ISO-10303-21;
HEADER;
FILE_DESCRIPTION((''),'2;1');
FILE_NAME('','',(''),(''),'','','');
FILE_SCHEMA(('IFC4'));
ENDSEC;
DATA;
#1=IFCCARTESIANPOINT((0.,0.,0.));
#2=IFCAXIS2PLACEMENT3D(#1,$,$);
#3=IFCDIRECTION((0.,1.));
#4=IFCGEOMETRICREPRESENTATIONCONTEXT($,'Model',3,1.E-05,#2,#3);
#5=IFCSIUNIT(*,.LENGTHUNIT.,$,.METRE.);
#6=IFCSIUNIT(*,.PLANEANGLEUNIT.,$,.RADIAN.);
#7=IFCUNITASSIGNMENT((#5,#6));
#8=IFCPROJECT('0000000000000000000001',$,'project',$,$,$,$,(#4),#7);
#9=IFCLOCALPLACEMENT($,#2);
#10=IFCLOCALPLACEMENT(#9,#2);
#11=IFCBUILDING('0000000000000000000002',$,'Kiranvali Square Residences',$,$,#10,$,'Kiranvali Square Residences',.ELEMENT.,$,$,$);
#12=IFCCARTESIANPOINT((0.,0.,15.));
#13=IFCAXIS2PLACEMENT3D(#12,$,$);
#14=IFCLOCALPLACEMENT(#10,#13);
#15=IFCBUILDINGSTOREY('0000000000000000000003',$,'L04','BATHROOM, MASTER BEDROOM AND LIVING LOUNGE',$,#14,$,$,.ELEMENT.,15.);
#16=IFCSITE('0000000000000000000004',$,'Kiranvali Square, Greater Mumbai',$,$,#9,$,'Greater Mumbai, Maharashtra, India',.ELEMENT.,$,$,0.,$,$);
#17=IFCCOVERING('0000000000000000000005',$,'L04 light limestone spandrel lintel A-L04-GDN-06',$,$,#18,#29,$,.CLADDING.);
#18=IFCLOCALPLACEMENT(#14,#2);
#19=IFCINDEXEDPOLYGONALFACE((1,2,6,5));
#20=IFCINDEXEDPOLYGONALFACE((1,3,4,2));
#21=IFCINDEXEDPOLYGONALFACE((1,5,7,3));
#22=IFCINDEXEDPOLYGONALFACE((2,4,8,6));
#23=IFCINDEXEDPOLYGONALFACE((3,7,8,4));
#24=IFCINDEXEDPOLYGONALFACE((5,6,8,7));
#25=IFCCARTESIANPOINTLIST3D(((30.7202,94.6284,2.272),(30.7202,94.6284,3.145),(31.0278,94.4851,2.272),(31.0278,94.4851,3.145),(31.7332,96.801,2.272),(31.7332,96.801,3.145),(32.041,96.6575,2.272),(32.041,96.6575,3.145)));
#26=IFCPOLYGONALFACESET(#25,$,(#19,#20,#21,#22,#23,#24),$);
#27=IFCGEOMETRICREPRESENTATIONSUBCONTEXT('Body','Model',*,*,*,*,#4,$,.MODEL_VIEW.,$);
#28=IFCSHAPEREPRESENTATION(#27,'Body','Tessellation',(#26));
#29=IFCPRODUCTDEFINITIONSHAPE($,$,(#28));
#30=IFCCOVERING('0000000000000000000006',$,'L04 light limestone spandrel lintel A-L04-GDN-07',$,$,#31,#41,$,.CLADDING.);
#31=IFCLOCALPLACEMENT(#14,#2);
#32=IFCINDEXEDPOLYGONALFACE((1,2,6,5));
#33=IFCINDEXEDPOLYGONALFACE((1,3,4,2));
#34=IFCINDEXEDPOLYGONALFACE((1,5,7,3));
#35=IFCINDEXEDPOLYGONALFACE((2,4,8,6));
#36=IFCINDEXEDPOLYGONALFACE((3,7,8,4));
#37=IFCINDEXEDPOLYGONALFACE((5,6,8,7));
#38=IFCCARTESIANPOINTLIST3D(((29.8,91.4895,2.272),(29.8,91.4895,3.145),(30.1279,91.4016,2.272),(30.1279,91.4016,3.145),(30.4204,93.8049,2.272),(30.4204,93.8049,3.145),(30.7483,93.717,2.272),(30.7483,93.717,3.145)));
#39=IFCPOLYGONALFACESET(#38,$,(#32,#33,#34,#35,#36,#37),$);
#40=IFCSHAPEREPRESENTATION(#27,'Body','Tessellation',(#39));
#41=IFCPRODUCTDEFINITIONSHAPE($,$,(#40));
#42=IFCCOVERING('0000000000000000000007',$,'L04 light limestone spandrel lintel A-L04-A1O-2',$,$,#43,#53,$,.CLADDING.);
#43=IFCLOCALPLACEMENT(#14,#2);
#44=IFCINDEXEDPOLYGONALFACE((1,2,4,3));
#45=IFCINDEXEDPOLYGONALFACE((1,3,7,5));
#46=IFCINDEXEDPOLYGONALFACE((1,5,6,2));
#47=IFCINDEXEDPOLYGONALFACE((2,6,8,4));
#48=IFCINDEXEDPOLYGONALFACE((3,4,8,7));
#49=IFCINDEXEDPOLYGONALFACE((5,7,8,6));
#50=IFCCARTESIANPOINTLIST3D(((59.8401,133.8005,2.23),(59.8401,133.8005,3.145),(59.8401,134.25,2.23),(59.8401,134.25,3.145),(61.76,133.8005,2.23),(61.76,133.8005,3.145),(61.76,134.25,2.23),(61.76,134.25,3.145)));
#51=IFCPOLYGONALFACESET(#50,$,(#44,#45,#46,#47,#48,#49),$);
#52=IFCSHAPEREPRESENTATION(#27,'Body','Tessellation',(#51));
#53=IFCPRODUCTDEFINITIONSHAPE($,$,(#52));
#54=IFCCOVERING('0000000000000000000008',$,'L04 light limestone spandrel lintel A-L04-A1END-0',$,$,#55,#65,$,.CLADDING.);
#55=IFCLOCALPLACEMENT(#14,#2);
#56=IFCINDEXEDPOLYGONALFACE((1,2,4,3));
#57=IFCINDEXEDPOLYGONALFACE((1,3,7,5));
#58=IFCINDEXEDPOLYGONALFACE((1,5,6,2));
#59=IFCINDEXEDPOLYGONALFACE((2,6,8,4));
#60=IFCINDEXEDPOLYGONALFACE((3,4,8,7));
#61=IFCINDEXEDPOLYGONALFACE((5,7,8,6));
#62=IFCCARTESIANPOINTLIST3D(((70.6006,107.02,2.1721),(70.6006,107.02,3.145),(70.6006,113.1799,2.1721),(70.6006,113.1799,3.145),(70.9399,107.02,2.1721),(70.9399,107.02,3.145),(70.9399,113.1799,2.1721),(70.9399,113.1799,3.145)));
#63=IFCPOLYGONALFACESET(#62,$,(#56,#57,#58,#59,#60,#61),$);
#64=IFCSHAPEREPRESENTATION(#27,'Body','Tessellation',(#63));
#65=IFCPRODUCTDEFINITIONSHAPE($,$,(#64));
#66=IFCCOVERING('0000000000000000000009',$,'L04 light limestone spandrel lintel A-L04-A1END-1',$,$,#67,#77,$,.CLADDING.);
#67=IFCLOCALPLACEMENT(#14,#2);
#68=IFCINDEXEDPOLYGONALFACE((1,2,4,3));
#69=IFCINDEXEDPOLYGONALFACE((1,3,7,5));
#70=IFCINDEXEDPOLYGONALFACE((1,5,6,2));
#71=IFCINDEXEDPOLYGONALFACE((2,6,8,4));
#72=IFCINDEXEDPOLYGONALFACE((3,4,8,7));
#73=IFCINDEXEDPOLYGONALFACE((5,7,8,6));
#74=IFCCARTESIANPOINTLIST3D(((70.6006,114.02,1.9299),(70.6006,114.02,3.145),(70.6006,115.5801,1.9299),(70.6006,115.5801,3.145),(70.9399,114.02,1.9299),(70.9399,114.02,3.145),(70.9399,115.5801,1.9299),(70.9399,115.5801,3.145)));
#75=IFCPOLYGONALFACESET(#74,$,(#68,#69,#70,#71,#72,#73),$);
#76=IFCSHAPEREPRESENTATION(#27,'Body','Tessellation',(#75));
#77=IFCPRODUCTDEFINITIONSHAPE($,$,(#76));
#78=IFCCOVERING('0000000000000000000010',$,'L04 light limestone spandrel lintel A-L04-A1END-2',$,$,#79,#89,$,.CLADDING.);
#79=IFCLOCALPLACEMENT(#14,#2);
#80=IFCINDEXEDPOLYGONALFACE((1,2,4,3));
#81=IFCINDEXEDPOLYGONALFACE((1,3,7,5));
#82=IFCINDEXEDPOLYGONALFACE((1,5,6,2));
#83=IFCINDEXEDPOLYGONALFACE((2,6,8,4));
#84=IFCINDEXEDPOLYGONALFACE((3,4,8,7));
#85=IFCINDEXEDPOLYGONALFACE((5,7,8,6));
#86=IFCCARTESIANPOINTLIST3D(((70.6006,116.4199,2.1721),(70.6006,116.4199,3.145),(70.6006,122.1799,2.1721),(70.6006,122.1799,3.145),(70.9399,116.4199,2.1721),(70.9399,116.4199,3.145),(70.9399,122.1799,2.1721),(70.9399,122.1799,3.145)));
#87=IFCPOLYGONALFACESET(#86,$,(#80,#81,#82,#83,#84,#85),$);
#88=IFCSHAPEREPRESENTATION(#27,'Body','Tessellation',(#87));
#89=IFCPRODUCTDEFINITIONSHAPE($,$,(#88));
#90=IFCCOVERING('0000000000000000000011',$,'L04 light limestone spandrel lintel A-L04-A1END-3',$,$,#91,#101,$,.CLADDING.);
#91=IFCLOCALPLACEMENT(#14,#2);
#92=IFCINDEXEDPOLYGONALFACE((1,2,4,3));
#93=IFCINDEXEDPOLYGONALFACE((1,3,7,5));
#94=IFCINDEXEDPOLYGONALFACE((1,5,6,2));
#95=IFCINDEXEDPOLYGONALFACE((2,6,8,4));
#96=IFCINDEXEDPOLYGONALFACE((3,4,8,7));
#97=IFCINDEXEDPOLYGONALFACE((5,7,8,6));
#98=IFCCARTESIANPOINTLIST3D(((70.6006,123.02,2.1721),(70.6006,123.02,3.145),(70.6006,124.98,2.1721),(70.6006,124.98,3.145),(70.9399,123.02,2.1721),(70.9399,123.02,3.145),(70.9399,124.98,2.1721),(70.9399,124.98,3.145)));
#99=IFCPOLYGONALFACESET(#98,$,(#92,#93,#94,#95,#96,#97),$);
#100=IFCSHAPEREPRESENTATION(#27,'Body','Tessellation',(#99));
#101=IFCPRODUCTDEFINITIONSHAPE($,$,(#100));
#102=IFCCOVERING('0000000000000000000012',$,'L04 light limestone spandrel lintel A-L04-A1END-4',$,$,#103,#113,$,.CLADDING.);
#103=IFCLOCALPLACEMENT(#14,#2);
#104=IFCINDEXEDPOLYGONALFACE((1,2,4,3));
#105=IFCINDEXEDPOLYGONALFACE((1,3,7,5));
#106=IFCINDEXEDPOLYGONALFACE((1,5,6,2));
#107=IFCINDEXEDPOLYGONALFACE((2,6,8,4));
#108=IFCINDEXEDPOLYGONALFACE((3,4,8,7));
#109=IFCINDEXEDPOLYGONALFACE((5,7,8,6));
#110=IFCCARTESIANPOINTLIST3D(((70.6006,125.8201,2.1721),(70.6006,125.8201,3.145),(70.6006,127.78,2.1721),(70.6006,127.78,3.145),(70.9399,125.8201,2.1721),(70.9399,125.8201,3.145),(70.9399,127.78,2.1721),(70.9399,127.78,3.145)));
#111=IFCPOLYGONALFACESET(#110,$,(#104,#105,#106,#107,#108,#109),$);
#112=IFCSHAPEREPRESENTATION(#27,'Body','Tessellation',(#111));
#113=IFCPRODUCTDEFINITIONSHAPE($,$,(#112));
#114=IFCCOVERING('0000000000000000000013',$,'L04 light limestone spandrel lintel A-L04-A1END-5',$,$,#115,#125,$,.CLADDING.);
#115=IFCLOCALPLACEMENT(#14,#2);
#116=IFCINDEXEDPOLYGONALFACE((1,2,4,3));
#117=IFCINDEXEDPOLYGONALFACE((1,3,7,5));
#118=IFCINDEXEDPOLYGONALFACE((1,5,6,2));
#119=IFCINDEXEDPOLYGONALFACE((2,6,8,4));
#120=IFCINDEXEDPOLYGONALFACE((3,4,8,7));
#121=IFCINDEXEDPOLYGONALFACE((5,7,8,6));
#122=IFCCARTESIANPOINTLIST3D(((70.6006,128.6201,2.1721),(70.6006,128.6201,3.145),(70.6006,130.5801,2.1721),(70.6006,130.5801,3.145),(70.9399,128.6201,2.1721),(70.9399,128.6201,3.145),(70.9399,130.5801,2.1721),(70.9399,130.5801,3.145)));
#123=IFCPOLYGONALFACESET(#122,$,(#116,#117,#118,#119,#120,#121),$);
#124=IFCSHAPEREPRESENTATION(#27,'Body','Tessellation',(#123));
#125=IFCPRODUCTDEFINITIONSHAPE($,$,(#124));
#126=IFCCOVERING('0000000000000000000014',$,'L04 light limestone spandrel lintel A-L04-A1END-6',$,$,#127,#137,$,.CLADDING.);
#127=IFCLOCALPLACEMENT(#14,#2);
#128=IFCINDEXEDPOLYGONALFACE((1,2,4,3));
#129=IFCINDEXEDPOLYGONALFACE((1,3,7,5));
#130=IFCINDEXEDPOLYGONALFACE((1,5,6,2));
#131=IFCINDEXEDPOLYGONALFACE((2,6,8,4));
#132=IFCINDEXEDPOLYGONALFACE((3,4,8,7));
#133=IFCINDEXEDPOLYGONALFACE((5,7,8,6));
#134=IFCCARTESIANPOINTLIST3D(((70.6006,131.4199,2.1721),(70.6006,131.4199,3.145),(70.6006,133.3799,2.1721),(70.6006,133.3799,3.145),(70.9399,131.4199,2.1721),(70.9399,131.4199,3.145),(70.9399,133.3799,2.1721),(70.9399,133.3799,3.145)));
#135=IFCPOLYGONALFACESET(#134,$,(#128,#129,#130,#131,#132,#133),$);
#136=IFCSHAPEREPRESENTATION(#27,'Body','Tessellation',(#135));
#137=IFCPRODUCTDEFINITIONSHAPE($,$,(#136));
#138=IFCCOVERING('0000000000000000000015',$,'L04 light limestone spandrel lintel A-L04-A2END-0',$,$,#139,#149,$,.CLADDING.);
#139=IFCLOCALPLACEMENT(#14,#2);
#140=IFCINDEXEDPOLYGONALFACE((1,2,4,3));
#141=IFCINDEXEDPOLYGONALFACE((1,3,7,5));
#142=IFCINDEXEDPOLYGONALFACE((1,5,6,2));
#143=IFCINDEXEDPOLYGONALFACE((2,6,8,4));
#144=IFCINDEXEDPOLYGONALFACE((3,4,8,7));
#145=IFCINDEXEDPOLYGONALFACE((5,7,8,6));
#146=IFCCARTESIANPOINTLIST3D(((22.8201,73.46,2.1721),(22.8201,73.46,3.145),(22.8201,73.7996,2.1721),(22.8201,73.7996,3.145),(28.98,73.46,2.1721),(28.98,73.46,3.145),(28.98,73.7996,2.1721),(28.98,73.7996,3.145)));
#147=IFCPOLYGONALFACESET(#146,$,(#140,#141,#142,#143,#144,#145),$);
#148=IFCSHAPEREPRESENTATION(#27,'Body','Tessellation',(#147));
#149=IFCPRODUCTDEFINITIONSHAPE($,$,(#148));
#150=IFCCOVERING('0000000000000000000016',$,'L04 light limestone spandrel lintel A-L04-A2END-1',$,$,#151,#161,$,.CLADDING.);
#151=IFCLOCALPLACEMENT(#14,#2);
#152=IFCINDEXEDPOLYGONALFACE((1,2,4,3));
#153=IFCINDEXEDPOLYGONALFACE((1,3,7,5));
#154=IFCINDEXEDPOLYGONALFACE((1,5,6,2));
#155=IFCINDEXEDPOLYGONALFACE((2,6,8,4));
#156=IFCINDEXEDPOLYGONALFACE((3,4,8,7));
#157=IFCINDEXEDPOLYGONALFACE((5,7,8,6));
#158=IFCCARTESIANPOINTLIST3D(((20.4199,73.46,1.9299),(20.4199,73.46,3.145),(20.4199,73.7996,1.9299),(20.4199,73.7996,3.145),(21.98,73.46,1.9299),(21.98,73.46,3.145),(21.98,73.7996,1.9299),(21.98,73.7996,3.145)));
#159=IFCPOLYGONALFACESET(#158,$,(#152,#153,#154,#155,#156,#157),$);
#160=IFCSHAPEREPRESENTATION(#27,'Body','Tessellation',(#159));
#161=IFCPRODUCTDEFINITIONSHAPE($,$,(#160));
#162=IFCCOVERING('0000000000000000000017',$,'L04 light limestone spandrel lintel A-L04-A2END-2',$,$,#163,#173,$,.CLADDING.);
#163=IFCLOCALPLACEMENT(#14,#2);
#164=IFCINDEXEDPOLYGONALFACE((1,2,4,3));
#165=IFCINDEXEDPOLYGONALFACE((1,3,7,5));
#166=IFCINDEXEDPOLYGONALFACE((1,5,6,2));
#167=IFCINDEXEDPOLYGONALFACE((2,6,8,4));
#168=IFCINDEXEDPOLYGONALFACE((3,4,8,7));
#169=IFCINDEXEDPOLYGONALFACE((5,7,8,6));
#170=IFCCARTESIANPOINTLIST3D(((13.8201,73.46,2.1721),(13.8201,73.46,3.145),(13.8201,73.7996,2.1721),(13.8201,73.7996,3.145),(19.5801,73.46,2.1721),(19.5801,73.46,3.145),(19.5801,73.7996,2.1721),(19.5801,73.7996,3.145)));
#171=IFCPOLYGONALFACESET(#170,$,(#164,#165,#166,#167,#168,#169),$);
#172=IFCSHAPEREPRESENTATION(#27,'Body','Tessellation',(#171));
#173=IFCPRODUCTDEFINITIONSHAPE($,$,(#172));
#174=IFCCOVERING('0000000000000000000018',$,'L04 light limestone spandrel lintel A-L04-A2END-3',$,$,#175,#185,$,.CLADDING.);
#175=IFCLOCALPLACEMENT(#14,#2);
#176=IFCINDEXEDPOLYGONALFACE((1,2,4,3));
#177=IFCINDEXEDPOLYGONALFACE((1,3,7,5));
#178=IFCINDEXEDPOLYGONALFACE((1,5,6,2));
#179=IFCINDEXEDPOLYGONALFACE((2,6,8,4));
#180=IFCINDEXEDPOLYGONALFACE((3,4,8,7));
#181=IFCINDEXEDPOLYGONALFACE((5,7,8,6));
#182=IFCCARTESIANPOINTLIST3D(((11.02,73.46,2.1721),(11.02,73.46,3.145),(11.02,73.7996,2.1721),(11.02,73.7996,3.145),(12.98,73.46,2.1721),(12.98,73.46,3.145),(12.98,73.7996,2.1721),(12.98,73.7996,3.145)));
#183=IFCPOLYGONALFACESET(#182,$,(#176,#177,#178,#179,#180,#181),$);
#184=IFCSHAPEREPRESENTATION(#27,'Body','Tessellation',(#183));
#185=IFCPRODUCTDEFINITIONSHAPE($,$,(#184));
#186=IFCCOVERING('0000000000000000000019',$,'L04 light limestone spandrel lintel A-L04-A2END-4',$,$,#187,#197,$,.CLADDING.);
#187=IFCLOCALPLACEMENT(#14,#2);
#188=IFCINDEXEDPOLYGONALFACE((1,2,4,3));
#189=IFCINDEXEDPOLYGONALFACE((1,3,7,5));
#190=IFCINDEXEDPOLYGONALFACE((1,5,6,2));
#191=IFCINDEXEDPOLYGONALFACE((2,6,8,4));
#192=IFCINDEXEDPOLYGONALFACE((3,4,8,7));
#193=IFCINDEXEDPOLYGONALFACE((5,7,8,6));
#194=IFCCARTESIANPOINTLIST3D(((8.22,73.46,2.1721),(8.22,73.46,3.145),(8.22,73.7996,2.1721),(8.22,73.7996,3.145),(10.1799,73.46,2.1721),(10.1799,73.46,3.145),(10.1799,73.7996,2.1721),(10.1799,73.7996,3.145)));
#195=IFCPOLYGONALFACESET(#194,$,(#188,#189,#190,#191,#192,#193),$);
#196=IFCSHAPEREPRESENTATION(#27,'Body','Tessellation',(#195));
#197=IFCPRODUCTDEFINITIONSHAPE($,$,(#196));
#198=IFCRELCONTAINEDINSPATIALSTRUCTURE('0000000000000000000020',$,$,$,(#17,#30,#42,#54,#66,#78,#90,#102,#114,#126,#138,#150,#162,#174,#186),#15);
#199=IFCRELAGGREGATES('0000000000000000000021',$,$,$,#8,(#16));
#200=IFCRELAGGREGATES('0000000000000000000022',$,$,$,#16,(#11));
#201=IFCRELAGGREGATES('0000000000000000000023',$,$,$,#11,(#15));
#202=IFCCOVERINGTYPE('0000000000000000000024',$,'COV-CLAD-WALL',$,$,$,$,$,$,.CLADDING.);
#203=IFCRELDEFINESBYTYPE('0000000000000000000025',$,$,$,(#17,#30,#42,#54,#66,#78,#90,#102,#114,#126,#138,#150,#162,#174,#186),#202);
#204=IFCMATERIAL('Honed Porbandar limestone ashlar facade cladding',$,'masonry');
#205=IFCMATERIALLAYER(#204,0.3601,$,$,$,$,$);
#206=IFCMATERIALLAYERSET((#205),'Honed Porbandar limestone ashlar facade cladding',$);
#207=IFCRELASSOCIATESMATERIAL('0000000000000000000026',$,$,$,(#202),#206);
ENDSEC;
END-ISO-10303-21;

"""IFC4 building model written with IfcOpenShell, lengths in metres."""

from ifc_helpers import new_model, si_unit, direction, frame, origin, place, context, subcontext, project, spatial, polyline, outline, extrude, material, layer, layer_set, type_object, element, save


model = new_model("IFC4")

# Units and contexts
model_context = context("Model", 3, precision=1e-05, world=origin(), true_north=direction((0.0, 1.0)))
body_context = subcontext(model_context, "Body", "Model", "MODEL_VIEW")
ifc_project = project(units=[si_unit("LENGTHUNIT", "METRE"), si_unit("PLANEANGLEUNIT", "RADIAN")], contexts=[model_context])

# Site, building, storey
site_placement = place(None, origin())
site = spatial("IfcSite", under=ifc_project, at=site_placement, Name="Kiranvali Square, Greater Mumbai", LongName="Greater Mumbai, Maharashtra, India", CompositionType="ELEMENT", RefElevation=0.0)
building_placement = place(site_placement, origin())
building = spatial("IfcBuilding", under=site, at=building_placement, Name="Kiranvali Square Residences", LongName="Kiranvali Square Residences", CompositionType="ELEMENT")
storey_placement = place(building_placement, frame((0.0, 0.0, 15.0)))
storey = spatial("IfcBuildingStorey", under=building, at=storey_placement, Name="L04", Description="BATHROOM, MASTER BEDROOM AND LIVING LOUNGE", CompositionType="ELEMENT", Elevation=15.0)

# Coverings
ifc_material = material(Name="Honed Porbandar limestone ashlar facade cladding", Category="masonry")
ifc_layer = layer(ifc_material, 0.3601)
ifc_layer_set = layer_set([ifc_layer], Name="Honed Porbandar limestone ashlar facade cladding")
covering_type = type_object("IfcCoveringType", Name="COV-CLAD-WALL", PredefinedType="CLADDING", material=ifc_layer_set)
covering_1_placement = place(storey_placement, frame((0.0, 0.0, 2.272)))
element("IfcCovering", 1, at=covering_1_placement, inside=storey, type_object=covering_type, Name="L04 light limestone spandrel lintel A-L04-GDN-06", PredefinedType="CLADDING", context=body_context, shape_type="SweptSolid", body=[
    extrude(outline(polyline([(31.7332, 96.801), (30.7202, 94.6284), (31.0278, 94.4851), (32.041, 96.6575), (31.7332, 96.801)])), origin(), (0.0, 0.0, 1.0), 0.873),
])
covering_2_placement = place(storey_placement, frame((0.0, 0.0, 2.272)))
element("IfcCovering", 2, at=covering_2_placement, inside=storey, type_object=covering_type, Name="L04 light limestone spandrel lintel A-L04-GDN-07", PredefinedType="CLADDING", context=body_context, shape_type="SweptSolid", body=[
    extrude(outline(polyline([(30.4204, 93.8049), (29.8, 91.4895), (30.1279, 91.4016), (30.7483, 93.717), (30.4204, 93.8049)])), origin(), (0.0, 0.0, 1.0), 0.873),
])
covering_3_placement = place(storey_placement, frame((0.0, 0.0, 2.23)))
element("IfcCovering", 3, at=covering_3_placement, inside=storey, type_object=covering_type, Name="L04 light limestone spandrel lintel A-L04-A1O-2", PredefinedType="CLADDING", context=body_context, shape_type="SweptSolid", body=[
    extrude(outline(polyline([(59.8401, 133.8005), (61.76, 133.8005), (61.76, 134.25), (59.8401, 134.25), (59.8401, 133.8005)])), origin(), (0.0, 0.0, 1.0), 0.915),
])
covering_4_placement = place(storey_placement, frame((0.0, 0.0, 2.1721)))
element("IfcCovering", 4, at=covering_4_placement, inside=storey, type_object=covering_type, Name="L04 light limestone spandrel lintel A-L04-A1END-0", PredefinedType="CLADDING", context=body_context, shape_type="SweptSolid", body=[
    extrude(outline(polyline([(70.9399, 107.02), (70.9399, 113.1799), (70.6006, 113.1799), (70.6006, 107.02), (70.9399, 107.02)])), origin(), (0.0, 0.0, 1.0), 0.9729),
])
covering_5_placement = place(storey_placement, frame((0.0, 0.0, 1.9299)))
element("IfcCovering", 5, at=covering_5_placement, inside=storey, type_object=covering_type, Name="L04 light limestone spandrel lintel A-L04-A1END-1", PredefinedType="CLADDING", context=body_context, shape_type="SweptSolid", body=[
    extrude(outline(polyline([(70.9399, 114.02), (70.9399, 115.5801), (70.6006, 115.5801), (70.6006, 114.02), (70.9399, 114.02)])), origin(), (0.0, 0.0, 1.0), 1.2151),
])
covering_6_placement = place(storey_placement, frame((0.0, 0.0, 2.1721)))
element("IfcCovering", 6, at=covering_6_placement, inside=storey, type_object=covering_type, Name="L04 light limestone spandrel lintel A-L04-A1END-2", PredefinedType="CLADDING", context=body_context, shape_type="SweptSolid", body=[
    extrude(outline(polyline([(70.9399, 116.4199), (70.9399, 122.1799), (70.6006, 122.1799), (70.6006, 116.4199), (70.9399, 116.4199)])), origin(), (0.0, 0.0, 1.0), 0.9729),
])
covering_7_placement = place(storey_placement, frame((0.0, 0.0, 2.1721)))
element("IfcCovering", 7, at=covering_7_placement, inside=storey, type_object=covering_type, Name="L04 light limestone spandrel lintel A-L04-A1END-3", PredefinedType="CLADDING", context=body_context, shape_type="SweptSolid", body=[
    extrude(outline(polyline([(70.9399, 123.02), (70.9399, 124.98), (70.6006, 124.98), (70.6006, 123.02), (70.9399, 123.02)])), origin(), (0.0, 0.0, 1.0), 0.9729),
])
covering_8_placement = place(storey_placement, frame((0.0, 0.0, 2.1721)))
element("IfcCovering", 8, at=covering_8_placement, inside=storey, type_object=covering_type, Name="L04 light limestone spandrel lintel A-L04-A1END-4", PredefinedType="CLADDING", context=body_context, shape_type="SweptSolid", body=[
    extrude(outline(polyline([(70.9399, 125.8201), (70.9399, 127.78), (70.6006, 127.78), (70.6006, 125.8201), (70.9399, 125.8201)])), origin(), (0.0, 0.0, 1.0), 0.9729),
])
covering_9_placement = place(storey_placement, frame((0.0, 0.0, 2.1721)))
element("IfcCovering", 9, at=covering_9_placement, inside=storey, type_object=covering_type, Name="L04 light limestone spandrel lintel A-L04-A1END-5", PredefinedType="CLADDING", context=body_context, shape_type="SweptSolid", body=[
    extrude(outline(polyline([(70.9399, 128.6201), (70.9399, 130.5801), (70.6006, 130.5801), (70.6006, 128.6201), (70.9399, 128.6201)])), origin(), (0.0, 0.0, 1.0), 0.9729),
])
covering_10_placement = place(storey_placement, frame((0.0, 0.0, 2.1721)))
element("IfcCovering", 10, at=covering_10_placement, inside=storey, type_object=covering_type, Name="L04 light limestone spandrel lintel A-L04-A1END-6", PredefinedType="CLADDING", context=body_context, shape_type="SweptSolid", body=[
    extrude(outline(polyline([(70.9399, 131.4199), (70.9399, 133.3799), (70.6006, 133.3799), (70.6006, 131.4199), (70.9399, 131.4199)])), origin(), (0.0, 0.0, 1.0), 0.9729),
])
covering_11_placement = place(storey_placement, frame((0.0, 0.0, 2.1721)))
element("IfcCovering", 11, at=covering_11_placement, inside=storey, type_object=covering_type, Name="L04 light limestone spandrel lintel A-L04-A2END-0", PredefinedType="CLADDING", context=body_context, shape_type="SweptSolid", body=[
    extrude(outline(polyline([(28.98, 73.7996), (22.8201, 73.7996), (22.8201, 73.46), (28.98, 73.46), (28.98, 73.7996)])), origin(), (0.0, 0.0, 1.0), 0.9729),
])
covering_12_placement = place(storey_placement, frame((0.0, 0.0, 1.9299)))
element("IfcCovering", 12, at=covering_12_placement, inside=storey, type_object=covering_type, Name="L04 light limestone spandrel lintel A-L04-A2END-1", PredefinedType="CLADDING", context=body_context, shape_type="SweptSolid", body=[
    extrude(outline(polyline([(21.98, 73.7996), (20.4199, 73.7996), (20.4199, 73.46), (21.98, 73.46), (21.98, 73.7996)])), origin(), (0.0, 0.0, 1.0), 1.2151),
])
covering_13_placement = place(storey_placement, frame((0.0, 0.0, 2.1721)))
element("IfcCovering", 13, at=covering_13_placement, inside=storey, type_object=covering_type, Name="L04 light limestone spandrel lintel A-L04-A2END-2", PredefinedType="CLADDING", context=body_context, shape_type="SweptSolid", body=[
    extrude(outline(polyline([(19.5801, 73.7996), (13.8201, 73.7996), (13.8201, 73.46), (19.5801, 73.46), (19.5801, 73.7996)])), origin(), (0.0, 0.0, 1.0), 0.9729),
])
covering_14_placement = place(storey_placement, frame((0.0, 0.0, 2.1721)))
element("IfcCovering", 14, at=covering_14_placement, inside=storey, type_object=covering_type, Name="L04 light limestone spandrel lintel A-L04-A2END-3", PredefinedType="CLADDING", context=body_context, shape_type="SweptSolid", body=[
    extrude(outline(polyline([(12.98, 73.7996), (11.02, 73.7996), (11.02, 73.46), (12.98, 73.46), (12.98, 73.7996)])), origin(), (0.0, 0.0, 1.0), 0.9729),
])
covering_15_placement = place(storey_placement, frame((0.0, 0.0, 2.1721)))
element("IfcCovering", 15, at=covering_15_placement, inside=storey, type_object=covering_type, Name="L04 light limestone spandrel lintel A-L04-A2END-4", PredefinedType="CLADDING", context=body_context, shape_type="SweptSolid", body=[
    extrude(outline(polyline([(10.1799, 73.7996), (8.22, 73.7996), (8.22, 73.46), (10.1799, 73.46), (10.1799, 73.7996)])), origin(), (0.0, 0.0, 1.0), 0.9729),
])

save(model, "model.ifc")
